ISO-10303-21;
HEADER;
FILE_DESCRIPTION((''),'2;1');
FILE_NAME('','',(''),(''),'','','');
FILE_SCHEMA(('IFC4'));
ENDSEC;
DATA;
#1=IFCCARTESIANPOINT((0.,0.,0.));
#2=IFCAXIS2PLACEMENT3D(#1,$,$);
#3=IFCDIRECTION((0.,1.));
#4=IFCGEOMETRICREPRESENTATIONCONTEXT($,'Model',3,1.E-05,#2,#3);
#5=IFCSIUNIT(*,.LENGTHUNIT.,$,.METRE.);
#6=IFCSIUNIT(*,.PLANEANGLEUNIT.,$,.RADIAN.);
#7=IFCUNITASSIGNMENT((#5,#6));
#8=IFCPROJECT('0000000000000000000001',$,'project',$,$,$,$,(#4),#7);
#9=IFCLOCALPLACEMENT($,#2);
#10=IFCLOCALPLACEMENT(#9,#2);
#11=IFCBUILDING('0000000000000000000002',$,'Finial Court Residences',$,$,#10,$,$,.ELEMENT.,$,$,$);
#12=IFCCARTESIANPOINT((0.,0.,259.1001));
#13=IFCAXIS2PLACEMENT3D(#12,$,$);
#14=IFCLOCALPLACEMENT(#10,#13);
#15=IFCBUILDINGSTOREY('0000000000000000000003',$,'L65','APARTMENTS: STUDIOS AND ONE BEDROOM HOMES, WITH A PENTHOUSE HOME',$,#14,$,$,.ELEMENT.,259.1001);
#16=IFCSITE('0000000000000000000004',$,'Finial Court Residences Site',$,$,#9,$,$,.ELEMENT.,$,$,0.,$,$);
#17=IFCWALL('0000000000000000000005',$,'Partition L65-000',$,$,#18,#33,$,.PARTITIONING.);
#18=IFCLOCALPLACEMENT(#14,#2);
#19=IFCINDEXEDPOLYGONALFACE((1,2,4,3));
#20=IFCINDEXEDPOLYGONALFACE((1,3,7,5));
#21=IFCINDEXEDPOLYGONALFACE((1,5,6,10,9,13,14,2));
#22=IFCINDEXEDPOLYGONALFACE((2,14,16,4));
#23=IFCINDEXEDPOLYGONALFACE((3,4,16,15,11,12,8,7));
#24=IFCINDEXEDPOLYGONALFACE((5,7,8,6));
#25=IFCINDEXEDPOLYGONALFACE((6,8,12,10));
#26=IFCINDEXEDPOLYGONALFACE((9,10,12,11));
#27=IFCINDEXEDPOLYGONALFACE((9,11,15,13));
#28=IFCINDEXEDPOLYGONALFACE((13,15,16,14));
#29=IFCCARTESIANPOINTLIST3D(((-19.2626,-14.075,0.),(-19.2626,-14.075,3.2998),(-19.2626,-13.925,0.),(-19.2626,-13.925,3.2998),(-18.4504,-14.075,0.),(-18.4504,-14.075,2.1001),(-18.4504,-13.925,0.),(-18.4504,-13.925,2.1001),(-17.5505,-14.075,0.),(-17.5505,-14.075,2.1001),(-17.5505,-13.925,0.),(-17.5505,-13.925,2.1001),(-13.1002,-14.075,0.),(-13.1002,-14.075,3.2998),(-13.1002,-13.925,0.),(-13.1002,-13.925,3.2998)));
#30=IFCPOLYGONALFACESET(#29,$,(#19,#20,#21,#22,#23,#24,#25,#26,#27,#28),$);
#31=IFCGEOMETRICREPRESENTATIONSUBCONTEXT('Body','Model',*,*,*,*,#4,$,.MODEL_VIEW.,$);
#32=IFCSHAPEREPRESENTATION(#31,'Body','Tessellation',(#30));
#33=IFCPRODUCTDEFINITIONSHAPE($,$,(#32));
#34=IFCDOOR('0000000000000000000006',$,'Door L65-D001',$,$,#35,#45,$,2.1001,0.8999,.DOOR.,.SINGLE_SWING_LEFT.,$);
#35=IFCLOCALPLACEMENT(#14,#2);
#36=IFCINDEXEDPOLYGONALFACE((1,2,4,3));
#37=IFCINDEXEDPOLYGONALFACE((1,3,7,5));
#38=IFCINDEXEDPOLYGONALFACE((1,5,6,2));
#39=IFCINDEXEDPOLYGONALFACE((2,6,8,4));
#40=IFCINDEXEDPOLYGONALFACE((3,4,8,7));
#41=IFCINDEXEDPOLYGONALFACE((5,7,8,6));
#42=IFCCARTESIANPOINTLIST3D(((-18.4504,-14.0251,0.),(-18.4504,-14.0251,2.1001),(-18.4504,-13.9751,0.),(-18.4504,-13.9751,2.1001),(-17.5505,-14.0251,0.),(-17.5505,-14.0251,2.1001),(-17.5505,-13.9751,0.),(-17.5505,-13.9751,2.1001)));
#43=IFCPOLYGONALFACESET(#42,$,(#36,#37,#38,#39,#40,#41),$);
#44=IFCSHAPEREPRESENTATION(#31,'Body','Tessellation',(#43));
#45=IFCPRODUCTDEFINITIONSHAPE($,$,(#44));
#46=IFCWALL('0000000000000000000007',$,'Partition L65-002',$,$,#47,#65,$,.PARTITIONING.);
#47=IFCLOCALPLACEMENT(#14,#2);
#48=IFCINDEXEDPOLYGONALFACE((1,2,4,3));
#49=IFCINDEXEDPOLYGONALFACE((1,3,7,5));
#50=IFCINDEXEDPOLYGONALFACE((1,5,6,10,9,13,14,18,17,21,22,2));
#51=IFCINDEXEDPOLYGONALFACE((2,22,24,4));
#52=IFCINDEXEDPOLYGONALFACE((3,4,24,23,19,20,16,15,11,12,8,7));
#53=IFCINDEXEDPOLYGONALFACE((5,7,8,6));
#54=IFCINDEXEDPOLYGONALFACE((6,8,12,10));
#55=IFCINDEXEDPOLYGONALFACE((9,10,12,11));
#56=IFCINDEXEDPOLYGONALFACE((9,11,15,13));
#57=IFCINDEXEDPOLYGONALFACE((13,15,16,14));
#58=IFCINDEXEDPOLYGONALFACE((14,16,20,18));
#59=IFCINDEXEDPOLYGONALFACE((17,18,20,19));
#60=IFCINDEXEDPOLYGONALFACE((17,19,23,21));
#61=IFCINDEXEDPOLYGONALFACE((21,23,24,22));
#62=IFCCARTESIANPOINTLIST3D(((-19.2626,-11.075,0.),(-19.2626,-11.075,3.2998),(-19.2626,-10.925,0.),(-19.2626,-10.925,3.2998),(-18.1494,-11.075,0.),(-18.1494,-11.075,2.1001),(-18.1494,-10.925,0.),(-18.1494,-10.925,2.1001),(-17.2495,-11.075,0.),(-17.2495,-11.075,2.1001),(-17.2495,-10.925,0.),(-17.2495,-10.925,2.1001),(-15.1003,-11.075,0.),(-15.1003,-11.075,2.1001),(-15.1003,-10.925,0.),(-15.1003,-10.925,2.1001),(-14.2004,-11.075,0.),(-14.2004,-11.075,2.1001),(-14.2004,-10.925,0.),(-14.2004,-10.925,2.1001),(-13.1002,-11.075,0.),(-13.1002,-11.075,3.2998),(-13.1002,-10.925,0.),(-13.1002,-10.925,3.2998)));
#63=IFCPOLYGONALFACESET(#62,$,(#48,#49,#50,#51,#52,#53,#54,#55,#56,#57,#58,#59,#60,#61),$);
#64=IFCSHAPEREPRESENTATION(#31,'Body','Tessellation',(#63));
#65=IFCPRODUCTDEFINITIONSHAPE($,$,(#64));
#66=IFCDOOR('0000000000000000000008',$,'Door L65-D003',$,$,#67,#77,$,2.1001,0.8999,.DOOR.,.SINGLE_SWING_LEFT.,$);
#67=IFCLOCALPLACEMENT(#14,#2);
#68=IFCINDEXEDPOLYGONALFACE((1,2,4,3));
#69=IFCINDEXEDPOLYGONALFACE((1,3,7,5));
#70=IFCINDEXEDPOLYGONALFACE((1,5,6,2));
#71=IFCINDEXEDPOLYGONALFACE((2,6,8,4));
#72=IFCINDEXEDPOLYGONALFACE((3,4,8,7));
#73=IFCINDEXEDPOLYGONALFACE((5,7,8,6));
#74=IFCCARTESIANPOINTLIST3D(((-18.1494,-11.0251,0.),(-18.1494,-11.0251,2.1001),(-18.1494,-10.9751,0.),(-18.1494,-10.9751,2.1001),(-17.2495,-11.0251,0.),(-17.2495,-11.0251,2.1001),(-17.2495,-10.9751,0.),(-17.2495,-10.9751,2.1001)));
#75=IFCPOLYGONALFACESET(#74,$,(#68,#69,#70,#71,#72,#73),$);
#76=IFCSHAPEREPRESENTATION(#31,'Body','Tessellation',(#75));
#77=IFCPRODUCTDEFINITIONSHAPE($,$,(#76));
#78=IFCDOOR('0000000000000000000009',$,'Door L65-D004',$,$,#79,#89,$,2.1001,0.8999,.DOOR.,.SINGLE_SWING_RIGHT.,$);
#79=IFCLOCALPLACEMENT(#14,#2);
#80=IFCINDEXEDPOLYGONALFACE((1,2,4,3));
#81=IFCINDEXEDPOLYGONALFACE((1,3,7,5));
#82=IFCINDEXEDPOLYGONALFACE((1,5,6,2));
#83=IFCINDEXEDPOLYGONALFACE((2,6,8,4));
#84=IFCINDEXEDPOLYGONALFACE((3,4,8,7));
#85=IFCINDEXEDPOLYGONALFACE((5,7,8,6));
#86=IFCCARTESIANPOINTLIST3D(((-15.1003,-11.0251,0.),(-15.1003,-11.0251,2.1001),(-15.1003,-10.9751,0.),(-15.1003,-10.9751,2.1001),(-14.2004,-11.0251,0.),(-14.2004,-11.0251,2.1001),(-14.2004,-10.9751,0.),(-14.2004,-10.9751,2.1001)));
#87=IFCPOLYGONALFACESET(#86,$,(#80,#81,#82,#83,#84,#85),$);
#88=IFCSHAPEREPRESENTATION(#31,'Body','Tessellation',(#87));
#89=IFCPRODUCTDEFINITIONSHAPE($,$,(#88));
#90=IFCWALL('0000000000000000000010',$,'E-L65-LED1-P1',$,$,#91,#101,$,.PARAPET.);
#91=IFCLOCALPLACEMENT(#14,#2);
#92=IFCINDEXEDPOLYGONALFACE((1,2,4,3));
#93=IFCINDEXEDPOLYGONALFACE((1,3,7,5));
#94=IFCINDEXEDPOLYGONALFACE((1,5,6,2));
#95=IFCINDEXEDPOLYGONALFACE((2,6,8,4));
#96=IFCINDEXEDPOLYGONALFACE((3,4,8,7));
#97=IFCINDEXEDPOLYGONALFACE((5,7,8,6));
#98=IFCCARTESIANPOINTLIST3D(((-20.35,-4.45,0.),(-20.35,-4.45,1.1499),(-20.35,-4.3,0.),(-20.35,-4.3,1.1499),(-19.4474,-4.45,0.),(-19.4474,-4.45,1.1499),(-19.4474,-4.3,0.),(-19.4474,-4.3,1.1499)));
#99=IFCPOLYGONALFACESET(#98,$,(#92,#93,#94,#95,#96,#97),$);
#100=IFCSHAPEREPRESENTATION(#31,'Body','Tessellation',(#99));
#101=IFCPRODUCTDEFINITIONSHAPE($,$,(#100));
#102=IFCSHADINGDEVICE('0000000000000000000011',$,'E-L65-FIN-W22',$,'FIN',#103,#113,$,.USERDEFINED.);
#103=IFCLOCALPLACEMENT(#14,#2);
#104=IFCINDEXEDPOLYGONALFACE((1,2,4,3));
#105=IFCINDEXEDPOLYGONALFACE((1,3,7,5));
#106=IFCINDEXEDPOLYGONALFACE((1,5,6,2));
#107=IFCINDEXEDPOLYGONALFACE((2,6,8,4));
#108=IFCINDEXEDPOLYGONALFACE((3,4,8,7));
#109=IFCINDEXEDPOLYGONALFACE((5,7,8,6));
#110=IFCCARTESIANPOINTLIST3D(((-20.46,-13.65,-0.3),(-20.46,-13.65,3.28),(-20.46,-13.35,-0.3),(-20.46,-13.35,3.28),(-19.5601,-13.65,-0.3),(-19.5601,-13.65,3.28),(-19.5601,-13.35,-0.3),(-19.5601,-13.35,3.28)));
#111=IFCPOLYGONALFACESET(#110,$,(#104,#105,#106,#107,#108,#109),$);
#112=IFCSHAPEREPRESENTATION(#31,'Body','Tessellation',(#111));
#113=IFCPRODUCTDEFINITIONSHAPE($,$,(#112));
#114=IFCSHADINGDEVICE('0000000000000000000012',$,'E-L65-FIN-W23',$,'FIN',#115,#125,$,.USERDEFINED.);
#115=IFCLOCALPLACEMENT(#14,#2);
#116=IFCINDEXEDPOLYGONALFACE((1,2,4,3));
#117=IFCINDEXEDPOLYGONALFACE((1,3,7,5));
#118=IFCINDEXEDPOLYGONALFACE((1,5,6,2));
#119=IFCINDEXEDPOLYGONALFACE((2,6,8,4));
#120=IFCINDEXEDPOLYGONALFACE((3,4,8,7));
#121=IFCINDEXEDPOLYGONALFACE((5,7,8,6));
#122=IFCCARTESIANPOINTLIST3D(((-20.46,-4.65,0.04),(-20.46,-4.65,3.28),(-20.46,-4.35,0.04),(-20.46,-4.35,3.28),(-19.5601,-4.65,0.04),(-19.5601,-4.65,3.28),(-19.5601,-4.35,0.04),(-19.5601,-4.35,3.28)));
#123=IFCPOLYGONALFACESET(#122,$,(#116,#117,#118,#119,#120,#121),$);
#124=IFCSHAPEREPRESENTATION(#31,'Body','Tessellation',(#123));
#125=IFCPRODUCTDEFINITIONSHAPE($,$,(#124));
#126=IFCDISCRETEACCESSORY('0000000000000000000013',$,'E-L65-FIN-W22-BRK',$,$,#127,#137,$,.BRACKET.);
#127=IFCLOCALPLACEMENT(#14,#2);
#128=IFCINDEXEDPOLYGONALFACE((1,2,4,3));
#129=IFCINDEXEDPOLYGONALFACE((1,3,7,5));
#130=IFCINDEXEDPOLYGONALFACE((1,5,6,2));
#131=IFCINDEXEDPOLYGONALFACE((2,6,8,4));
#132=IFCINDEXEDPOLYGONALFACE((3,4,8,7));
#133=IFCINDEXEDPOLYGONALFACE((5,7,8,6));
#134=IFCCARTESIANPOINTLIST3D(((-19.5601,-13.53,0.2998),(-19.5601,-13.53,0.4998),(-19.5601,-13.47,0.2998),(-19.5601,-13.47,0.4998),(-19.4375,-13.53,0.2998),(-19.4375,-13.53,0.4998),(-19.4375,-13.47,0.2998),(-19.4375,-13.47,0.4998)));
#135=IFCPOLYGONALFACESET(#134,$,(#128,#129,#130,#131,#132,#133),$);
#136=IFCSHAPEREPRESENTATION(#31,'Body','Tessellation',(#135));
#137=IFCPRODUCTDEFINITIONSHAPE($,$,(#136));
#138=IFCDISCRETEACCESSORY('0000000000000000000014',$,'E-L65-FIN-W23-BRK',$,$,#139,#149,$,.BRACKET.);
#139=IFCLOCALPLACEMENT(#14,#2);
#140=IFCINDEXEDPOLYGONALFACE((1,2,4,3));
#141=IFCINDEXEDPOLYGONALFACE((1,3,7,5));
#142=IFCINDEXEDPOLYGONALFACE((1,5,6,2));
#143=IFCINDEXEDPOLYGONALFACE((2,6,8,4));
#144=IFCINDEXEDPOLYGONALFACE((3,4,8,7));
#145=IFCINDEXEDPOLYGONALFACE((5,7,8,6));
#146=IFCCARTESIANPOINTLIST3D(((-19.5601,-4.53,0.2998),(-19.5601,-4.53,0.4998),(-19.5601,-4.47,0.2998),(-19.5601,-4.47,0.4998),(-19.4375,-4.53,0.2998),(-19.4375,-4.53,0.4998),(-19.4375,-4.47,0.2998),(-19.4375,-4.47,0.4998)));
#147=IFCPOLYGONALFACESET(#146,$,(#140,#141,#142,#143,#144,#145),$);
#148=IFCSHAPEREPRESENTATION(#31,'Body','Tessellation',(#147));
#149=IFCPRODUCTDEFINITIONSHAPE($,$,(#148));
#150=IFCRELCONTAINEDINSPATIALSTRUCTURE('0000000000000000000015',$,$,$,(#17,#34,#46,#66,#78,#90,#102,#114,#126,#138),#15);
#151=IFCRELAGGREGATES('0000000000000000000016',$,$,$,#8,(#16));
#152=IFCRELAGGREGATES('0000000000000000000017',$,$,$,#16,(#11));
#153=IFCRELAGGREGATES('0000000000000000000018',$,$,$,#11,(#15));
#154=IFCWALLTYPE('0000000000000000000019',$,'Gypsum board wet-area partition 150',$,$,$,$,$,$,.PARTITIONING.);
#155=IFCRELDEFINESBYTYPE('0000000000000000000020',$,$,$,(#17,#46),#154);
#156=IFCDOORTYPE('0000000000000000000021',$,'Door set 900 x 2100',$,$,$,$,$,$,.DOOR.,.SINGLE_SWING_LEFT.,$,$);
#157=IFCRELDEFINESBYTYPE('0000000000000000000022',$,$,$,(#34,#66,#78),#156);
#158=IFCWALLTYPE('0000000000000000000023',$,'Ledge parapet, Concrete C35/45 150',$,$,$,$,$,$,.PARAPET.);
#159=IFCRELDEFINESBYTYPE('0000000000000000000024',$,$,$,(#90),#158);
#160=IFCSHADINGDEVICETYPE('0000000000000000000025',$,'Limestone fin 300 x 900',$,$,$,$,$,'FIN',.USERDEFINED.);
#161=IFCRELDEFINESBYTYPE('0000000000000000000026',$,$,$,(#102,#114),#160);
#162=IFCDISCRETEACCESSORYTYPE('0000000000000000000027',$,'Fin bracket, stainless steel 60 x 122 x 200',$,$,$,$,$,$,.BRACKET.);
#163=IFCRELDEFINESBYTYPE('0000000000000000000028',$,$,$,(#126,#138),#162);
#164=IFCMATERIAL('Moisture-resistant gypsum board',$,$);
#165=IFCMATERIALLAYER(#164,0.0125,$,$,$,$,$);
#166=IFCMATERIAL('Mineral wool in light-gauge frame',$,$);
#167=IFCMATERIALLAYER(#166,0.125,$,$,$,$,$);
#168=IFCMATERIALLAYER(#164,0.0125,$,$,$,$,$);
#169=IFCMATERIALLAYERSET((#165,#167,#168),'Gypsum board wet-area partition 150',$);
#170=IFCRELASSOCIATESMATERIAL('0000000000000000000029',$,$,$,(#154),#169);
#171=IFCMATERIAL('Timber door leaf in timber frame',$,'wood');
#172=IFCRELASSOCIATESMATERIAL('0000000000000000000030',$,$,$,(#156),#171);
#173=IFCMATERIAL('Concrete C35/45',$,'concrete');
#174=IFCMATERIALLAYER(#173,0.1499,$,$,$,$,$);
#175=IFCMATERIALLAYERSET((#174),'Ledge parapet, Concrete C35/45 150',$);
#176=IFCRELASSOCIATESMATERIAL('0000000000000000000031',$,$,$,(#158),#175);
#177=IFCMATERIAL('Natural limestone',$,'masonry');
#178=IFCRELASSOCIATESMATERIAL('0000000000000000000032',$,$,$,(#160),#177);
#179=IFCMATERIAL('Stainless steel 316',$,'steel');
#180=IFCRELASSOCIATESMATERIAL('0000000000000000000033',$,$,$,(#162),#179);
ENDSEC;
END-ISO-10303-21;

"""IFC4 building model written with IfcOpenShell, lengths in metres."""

from ifc_helpers import new_model, si_unit, direction, frame, frame_2d, origin, origin_2d, place, context, subcontext, project, spatial, rectangle, extrude, material, layer, layer_set, type_object, element, fill, save


model = new_model("IFC4")

# Units and contexts
model_context = context("Model", 3, precision=1e-05, world=origin(), true_north=direction((0.0, 1.0)))
body_context = subcontext(model_context, "Body", "Model", "MODEL_VIEW")
ifc_project = project(units=[si_unit("LENGTHUNIT", "METRE"), si_unit("PLANEANGLEUNIT", "RADIAN")], contexts=[model_context])

# Site, building, storey
site_placement = place(None, origin())
site = spatial("IfcSite", under=ifc_project, at=site_placement, Name="Finial Court Residences Site", CompositionType="ELEMENT", RefElevation=0.0)
building_placement = place(site_placement, origin())
building = spatial("IfcBuilding", under=site, at=building_placement, Name="Finial Court Residences", CompositionType="ELEMENT")
storey_placement = place(building_placement, frame((0.0, 0.0, 259.1001)))
storey = spatial("IfcBuildingStorey", under=building, at=storey_placement, Name="L65", Description="APARTMENTS: STUDIOS AND ONE BEDROOM HOMES, WITH A PENTHOUSE HOME", CompositionType="ELEMENT", Elevation=259.1001)

# Wall, opening, door
ifc_material_1 = material(Name="Moisture-resistant gypsum board")
ifc_layer_1 = layer(ifc_material_1, 0.0125)
ifc_material_2 = material(Name="Mineral wool in light-gauge frame")
ifc_layer_2 = layer(ifc_material_2, 0.125)
ifc_layer_3 = layer(ifc_material_1, 0.0125)
ifc_layer_set_1 = layer_set([ifc_layer_1, ifc_layer_2, ifc_layer_3], Name="Gypsum board wet-area partition 150")
wall_type_1 = type_object("IfcWallType", Name="Gypsum board wet-area partition 150", PredefinedType="PARTITIONING", material=ifc_layer_set_1)
wall_1_placement = place(storey_placement, frame((-19.2625, -14.0, 0.0), z_axis=(0.0, 0.0, 1.0), x_axis=(1.0, 0.0, 0.0)))
wall_1 = element("IfcWall", 1, at=wall_1_placement, inside=storey, type_object=wall_type_1, Name="Partition L65-000", PredefinedType="PARTITIONING", context=body_context, shape_type="SweptSolid", body=[
    extrude(rectangle(XDim=6.1624, YDim=0.1499, at=frame_2d((3.0811, 0.0))), origin(), (0.0, 0.0, 1.0), 3.2998),
])
opening_1_placement = place(wall_1_placement, frame((0.812, 0.0, 0.0)))
opening_1 = element("IfcOpeningElement", 2, at=opening_1_placement, cuts=wall_1, PredefinedType="OPENING", context=body_context, shape_type="SweptSolid", body=[
    extrude(rectangle(XDim=0.8999, YDim=2.1001, at=frame_2d((0.45, 1.05))), frame((0.0, 0.085, 0.0), z_axis=(0.0, -1.0, 0.0), x_axis=(1.0, 0.0, 0.0)), (0.0, 0.0, 1.0), 0.1699),
])
ifc_material_3 = material(Name="Timber door leaf in timber frame", Category="wood")
door_type_1 = type_object("IfcDoorType", Name="Door set 900 x 2100", OperationType="SINGLE_SWING_LEFT", PredefinedType="DOOR", material=ifc_material_3)
door_1_placement = place(opening_1_placement, origin())
door_1 = element("IfcDoor", 3, at=door_1_placement, inside=storey, type_object=door_type_1, Name="Door L65-D001", OperationType="SINGLE_SWING_LEFT", OverallHeight=2.1001, OverallWidth=0.8999, PredefinedType="DOOR", context=body_context, shape_type="SweptSolid", body=[
    extrude(rectangle(XDim=0.8999, YDim=2.1001, at=frame_2d((0.45, 1.05))), frame((0.0, 0.0249, 0.0), z_axis=(0.0, -1.0, 0.0), x_axis=(1.0, 0.0, 0.0)), (0.0, 0.0, 1.0), 0.05),
])
fill(opening_1, door_1)

# Wall, openings, doors
wall_2_placement = place(storey_placement, frame((-19.2625, -11.0, 0.0), z_axis=(0.0, 0.0, 1.0), x_axis=(1.0, 0.0, 0.0)))
wall_2 = element("IfcWall", 4, at=wall_2_placement, inside=storey, type_object=wall_type_1, Name="Partition L65-002", PredefinedType="PARTITIONING", context=body_context, shape_type="SweptSolid", body=[
    extrude(rectangle(XDim=6.1624, YDim=0.1499, at=frame_2d((3.0811, 0.0))), origin(), (0.0, 0.0, 1.0), 3.2998),
])
opening_2_placement = place(wall_2_placement, frame((1.113, 0.0, 0.0)))
opening_2 = element("IfcOpeningElement", 5, at=opening_2_placement, cuts=wall_2, PredefinedType="OPENING", context=body_context, shape_type="SweptSolid", body=[
    extrude(rectangle(XDim=0.8999, YDim=2.1001, at=frame_2d((0.45, 1.05))), frame((0.0, 0.085, 0.0), z_axis=(0.0, -1.0, 0.0), x_axis=(1.0, 0.0, 0.0)), (0.0, 0.0, 1.0), 0.1699),
])
opening_3_placement = place(wall_2_placement, frame((4.1621, 0.0, 0.0)))
opening_3 = element("IfcOpeningElement", 6, at=opening_3_placement, cuts=wall_2, PredefinedType="OPENING", context=body_context, shape_type="SweptSolid", body=[
    extrude(rectangle(XDim=0.8999, YDim=2.1001, at=frame_2d((0.45, 1.05))), frame((0.0, 0.085, 0.0), z_axis=(0.0, -1.0, 0.0), x_axis=(1.0, 0.0, 0.0)), (0.0, 0.0, 1.0), 0.1699),
])
door_2_placement = place(opening_2_placement, origin())
door_2 = element("IfcDoor", 7, at=door_2_placement, inside=storey, type_object=door_type_1, Name="Door L65-D003", OperationType="SINGLE_SWING_LEFT", OverallHeight=2.1001, OverallWidth=0.8999, PredefinedType="DOOR", context=body_context, shape_type="SweptSolid", body=[
    extrude(rectangle(XDim=0.8999, YDim=2.1001, at=frame_2d((0.45, 1.05))), frame((0.0, 0.0249, 0.0), z_axis=(0.0, -1.0, 0.0), x_axis=(1.0, 0.0, 0.0)), (0.0, 0.0, 1.0), 0.05),
])
fill(opening_2, door_2)
door_3_placement = place(opening_3_placement, origin())
door_3 = element("IfcDoor", 8, at=door_3_placement, inside=storey, type_object=door_type_1, Name="Door L65-D004", OperationType="SINGLE_SWING_RIGHT", OverallHeight=2.1001, OverallWidth=0.8999, PredefinedType="DOOR", context=body_context, shape_type="SweptSolid", body=[
    extrude(rectangle(XDim=0.8999, YDim=2.1001, at=frame_2d((0.45, 1.05))), frame((0.0, 0.0249, 0.0), z_axis=(0.0, -1.0, 0.0), x_axis=(1.0, 0.0, 0.0)), (0.0, 0.0, 1.0), 0.05),
])
fill(opening_3, door_3)

# Wall
ifc_material_4 = material(Name="Concrete C35/45", Category="concrete")
ifc_layer_4 = layer(ifc_material_4, 0.1499)
ifc_layer_set_2 = layer_set([ifc_layer_4], Name="Ledge parapet, Concrete C35/45 150")
wall_type_2 = type_object("IfcWallType", Name="Ledge parapet, Concrete C35/45 150", PredefinedType="PARAPET", material=ifc_layer_set_2)
wall_3_placement = place(storey_placement, frame((-19.4475, -4.375, 0.0), z_axis=(0.0, 0.0, 1.0), x_axis=(-1.0, 0.0, 0.0)))
element("IfcWall", 9, at=wall_3_placement, inside=storey, type_object=wall_type_2, Name="E-L65-LED1-P1", PredefinedType="PARAPET", context=body_context, shape_type="SweptSolid", body=[
    extrude(rectangle(XDim=0.9026, YDim=0.1499, at=frame_2d((0.4512, 0.0))), origin(), (0.0, 0.0, 1.0), 1.1499),
])

# Shading devices
ifc_material_5 = material(Name="Natural limestone", Category="masonry")
shading_device_type = type_object("IfcShadingDeviceType", Name="Limestone fin 300 x 900", ElementType="FIN", PredefinedType="USERDEFINED", material=ifc_material_5)
shading_device_1_placement = place(storey_placement, frame((-20.01, -13.5, -0.3), z_axis=(0.0, 0.0, 1.0), x_axis=(1.0, 0.0, 0.0)))
element("IfcShadingDevice", 10, at=shading_device_1_placement, inside=storey, type_object=shading_device_type, Name="E-L65-FIN-W22", ObjectType="FIN", PredefinedType="USERDEFINED", context=body_context, shape_type="SweptSolid", body=[
    extrude(rectangle(XDim=0.8999, YDim=0.3, at=origin_2d()), origin(), (0.0, 0.0, 1.0), 3.5801),
])
shading_device_2_placement = place(storey_placement, frame((-20.01, -4.5, 0.04), z_axis=(0.0, 0.0, 1.0), x_axis=(1.0, 0.0, 0.0)))
element("IfcShadingDevice", 11, at=shading_device_2_placement, inside=storey, type_object=shading_device_type, Name="E-L65-FIN-W23", ObjectType="FIN", PredefinedType="USERDEFINED", context=body_context, shape_type="SweptSolid", body=[
    extrude(rectangle(XDim=0.8999, YDim=0.3, at=origin_2d()), origin(), (0.0, 0.0, 1.0), 3.24),
])

# Discrete accessories
ifc_material_6 = material(Name="Stainless steel 316", Category="steel")
discrete_accessory_type = type_object("IfcDiscreteAccessoryType", Name="Fin bracket, stainless steel 60 x 122 x 200", PredefinedType="BRACKET", material=ifc_material_6)
for number, where, z_axis, x_axis, name in (
    (12, (-19.4988, -13.5, 0.2998), (0.0, 0.0, 1.0), (1.0, 0.0, 0.0), "E-L65-FIN-W22-BRK"),
    (13, (-19.4988, -4.5, 0.2998), (0.0, 0.0, 1.0), (1.0, 0.0, 0.0), "E-L65-FIN-W23-BRK"),
):
    element("IfcDiscreteAccessory", number, at=place(storey_placement, frame(where, z_axis=z_axis, x_axis=x_axis)), inside=storey, type_object=discrete_accessory_type, Name=name, PredefinedType="BRACKET", context=body_context, shape_type="SweptSolid", body=[
        extrude(rectangle(XDim=0.1226, YDim=0.0601, at=origin_2d()), origin(), (0.0, 0.0, 1.0), 0.2),
    ])

save(model, "model.ifc")
